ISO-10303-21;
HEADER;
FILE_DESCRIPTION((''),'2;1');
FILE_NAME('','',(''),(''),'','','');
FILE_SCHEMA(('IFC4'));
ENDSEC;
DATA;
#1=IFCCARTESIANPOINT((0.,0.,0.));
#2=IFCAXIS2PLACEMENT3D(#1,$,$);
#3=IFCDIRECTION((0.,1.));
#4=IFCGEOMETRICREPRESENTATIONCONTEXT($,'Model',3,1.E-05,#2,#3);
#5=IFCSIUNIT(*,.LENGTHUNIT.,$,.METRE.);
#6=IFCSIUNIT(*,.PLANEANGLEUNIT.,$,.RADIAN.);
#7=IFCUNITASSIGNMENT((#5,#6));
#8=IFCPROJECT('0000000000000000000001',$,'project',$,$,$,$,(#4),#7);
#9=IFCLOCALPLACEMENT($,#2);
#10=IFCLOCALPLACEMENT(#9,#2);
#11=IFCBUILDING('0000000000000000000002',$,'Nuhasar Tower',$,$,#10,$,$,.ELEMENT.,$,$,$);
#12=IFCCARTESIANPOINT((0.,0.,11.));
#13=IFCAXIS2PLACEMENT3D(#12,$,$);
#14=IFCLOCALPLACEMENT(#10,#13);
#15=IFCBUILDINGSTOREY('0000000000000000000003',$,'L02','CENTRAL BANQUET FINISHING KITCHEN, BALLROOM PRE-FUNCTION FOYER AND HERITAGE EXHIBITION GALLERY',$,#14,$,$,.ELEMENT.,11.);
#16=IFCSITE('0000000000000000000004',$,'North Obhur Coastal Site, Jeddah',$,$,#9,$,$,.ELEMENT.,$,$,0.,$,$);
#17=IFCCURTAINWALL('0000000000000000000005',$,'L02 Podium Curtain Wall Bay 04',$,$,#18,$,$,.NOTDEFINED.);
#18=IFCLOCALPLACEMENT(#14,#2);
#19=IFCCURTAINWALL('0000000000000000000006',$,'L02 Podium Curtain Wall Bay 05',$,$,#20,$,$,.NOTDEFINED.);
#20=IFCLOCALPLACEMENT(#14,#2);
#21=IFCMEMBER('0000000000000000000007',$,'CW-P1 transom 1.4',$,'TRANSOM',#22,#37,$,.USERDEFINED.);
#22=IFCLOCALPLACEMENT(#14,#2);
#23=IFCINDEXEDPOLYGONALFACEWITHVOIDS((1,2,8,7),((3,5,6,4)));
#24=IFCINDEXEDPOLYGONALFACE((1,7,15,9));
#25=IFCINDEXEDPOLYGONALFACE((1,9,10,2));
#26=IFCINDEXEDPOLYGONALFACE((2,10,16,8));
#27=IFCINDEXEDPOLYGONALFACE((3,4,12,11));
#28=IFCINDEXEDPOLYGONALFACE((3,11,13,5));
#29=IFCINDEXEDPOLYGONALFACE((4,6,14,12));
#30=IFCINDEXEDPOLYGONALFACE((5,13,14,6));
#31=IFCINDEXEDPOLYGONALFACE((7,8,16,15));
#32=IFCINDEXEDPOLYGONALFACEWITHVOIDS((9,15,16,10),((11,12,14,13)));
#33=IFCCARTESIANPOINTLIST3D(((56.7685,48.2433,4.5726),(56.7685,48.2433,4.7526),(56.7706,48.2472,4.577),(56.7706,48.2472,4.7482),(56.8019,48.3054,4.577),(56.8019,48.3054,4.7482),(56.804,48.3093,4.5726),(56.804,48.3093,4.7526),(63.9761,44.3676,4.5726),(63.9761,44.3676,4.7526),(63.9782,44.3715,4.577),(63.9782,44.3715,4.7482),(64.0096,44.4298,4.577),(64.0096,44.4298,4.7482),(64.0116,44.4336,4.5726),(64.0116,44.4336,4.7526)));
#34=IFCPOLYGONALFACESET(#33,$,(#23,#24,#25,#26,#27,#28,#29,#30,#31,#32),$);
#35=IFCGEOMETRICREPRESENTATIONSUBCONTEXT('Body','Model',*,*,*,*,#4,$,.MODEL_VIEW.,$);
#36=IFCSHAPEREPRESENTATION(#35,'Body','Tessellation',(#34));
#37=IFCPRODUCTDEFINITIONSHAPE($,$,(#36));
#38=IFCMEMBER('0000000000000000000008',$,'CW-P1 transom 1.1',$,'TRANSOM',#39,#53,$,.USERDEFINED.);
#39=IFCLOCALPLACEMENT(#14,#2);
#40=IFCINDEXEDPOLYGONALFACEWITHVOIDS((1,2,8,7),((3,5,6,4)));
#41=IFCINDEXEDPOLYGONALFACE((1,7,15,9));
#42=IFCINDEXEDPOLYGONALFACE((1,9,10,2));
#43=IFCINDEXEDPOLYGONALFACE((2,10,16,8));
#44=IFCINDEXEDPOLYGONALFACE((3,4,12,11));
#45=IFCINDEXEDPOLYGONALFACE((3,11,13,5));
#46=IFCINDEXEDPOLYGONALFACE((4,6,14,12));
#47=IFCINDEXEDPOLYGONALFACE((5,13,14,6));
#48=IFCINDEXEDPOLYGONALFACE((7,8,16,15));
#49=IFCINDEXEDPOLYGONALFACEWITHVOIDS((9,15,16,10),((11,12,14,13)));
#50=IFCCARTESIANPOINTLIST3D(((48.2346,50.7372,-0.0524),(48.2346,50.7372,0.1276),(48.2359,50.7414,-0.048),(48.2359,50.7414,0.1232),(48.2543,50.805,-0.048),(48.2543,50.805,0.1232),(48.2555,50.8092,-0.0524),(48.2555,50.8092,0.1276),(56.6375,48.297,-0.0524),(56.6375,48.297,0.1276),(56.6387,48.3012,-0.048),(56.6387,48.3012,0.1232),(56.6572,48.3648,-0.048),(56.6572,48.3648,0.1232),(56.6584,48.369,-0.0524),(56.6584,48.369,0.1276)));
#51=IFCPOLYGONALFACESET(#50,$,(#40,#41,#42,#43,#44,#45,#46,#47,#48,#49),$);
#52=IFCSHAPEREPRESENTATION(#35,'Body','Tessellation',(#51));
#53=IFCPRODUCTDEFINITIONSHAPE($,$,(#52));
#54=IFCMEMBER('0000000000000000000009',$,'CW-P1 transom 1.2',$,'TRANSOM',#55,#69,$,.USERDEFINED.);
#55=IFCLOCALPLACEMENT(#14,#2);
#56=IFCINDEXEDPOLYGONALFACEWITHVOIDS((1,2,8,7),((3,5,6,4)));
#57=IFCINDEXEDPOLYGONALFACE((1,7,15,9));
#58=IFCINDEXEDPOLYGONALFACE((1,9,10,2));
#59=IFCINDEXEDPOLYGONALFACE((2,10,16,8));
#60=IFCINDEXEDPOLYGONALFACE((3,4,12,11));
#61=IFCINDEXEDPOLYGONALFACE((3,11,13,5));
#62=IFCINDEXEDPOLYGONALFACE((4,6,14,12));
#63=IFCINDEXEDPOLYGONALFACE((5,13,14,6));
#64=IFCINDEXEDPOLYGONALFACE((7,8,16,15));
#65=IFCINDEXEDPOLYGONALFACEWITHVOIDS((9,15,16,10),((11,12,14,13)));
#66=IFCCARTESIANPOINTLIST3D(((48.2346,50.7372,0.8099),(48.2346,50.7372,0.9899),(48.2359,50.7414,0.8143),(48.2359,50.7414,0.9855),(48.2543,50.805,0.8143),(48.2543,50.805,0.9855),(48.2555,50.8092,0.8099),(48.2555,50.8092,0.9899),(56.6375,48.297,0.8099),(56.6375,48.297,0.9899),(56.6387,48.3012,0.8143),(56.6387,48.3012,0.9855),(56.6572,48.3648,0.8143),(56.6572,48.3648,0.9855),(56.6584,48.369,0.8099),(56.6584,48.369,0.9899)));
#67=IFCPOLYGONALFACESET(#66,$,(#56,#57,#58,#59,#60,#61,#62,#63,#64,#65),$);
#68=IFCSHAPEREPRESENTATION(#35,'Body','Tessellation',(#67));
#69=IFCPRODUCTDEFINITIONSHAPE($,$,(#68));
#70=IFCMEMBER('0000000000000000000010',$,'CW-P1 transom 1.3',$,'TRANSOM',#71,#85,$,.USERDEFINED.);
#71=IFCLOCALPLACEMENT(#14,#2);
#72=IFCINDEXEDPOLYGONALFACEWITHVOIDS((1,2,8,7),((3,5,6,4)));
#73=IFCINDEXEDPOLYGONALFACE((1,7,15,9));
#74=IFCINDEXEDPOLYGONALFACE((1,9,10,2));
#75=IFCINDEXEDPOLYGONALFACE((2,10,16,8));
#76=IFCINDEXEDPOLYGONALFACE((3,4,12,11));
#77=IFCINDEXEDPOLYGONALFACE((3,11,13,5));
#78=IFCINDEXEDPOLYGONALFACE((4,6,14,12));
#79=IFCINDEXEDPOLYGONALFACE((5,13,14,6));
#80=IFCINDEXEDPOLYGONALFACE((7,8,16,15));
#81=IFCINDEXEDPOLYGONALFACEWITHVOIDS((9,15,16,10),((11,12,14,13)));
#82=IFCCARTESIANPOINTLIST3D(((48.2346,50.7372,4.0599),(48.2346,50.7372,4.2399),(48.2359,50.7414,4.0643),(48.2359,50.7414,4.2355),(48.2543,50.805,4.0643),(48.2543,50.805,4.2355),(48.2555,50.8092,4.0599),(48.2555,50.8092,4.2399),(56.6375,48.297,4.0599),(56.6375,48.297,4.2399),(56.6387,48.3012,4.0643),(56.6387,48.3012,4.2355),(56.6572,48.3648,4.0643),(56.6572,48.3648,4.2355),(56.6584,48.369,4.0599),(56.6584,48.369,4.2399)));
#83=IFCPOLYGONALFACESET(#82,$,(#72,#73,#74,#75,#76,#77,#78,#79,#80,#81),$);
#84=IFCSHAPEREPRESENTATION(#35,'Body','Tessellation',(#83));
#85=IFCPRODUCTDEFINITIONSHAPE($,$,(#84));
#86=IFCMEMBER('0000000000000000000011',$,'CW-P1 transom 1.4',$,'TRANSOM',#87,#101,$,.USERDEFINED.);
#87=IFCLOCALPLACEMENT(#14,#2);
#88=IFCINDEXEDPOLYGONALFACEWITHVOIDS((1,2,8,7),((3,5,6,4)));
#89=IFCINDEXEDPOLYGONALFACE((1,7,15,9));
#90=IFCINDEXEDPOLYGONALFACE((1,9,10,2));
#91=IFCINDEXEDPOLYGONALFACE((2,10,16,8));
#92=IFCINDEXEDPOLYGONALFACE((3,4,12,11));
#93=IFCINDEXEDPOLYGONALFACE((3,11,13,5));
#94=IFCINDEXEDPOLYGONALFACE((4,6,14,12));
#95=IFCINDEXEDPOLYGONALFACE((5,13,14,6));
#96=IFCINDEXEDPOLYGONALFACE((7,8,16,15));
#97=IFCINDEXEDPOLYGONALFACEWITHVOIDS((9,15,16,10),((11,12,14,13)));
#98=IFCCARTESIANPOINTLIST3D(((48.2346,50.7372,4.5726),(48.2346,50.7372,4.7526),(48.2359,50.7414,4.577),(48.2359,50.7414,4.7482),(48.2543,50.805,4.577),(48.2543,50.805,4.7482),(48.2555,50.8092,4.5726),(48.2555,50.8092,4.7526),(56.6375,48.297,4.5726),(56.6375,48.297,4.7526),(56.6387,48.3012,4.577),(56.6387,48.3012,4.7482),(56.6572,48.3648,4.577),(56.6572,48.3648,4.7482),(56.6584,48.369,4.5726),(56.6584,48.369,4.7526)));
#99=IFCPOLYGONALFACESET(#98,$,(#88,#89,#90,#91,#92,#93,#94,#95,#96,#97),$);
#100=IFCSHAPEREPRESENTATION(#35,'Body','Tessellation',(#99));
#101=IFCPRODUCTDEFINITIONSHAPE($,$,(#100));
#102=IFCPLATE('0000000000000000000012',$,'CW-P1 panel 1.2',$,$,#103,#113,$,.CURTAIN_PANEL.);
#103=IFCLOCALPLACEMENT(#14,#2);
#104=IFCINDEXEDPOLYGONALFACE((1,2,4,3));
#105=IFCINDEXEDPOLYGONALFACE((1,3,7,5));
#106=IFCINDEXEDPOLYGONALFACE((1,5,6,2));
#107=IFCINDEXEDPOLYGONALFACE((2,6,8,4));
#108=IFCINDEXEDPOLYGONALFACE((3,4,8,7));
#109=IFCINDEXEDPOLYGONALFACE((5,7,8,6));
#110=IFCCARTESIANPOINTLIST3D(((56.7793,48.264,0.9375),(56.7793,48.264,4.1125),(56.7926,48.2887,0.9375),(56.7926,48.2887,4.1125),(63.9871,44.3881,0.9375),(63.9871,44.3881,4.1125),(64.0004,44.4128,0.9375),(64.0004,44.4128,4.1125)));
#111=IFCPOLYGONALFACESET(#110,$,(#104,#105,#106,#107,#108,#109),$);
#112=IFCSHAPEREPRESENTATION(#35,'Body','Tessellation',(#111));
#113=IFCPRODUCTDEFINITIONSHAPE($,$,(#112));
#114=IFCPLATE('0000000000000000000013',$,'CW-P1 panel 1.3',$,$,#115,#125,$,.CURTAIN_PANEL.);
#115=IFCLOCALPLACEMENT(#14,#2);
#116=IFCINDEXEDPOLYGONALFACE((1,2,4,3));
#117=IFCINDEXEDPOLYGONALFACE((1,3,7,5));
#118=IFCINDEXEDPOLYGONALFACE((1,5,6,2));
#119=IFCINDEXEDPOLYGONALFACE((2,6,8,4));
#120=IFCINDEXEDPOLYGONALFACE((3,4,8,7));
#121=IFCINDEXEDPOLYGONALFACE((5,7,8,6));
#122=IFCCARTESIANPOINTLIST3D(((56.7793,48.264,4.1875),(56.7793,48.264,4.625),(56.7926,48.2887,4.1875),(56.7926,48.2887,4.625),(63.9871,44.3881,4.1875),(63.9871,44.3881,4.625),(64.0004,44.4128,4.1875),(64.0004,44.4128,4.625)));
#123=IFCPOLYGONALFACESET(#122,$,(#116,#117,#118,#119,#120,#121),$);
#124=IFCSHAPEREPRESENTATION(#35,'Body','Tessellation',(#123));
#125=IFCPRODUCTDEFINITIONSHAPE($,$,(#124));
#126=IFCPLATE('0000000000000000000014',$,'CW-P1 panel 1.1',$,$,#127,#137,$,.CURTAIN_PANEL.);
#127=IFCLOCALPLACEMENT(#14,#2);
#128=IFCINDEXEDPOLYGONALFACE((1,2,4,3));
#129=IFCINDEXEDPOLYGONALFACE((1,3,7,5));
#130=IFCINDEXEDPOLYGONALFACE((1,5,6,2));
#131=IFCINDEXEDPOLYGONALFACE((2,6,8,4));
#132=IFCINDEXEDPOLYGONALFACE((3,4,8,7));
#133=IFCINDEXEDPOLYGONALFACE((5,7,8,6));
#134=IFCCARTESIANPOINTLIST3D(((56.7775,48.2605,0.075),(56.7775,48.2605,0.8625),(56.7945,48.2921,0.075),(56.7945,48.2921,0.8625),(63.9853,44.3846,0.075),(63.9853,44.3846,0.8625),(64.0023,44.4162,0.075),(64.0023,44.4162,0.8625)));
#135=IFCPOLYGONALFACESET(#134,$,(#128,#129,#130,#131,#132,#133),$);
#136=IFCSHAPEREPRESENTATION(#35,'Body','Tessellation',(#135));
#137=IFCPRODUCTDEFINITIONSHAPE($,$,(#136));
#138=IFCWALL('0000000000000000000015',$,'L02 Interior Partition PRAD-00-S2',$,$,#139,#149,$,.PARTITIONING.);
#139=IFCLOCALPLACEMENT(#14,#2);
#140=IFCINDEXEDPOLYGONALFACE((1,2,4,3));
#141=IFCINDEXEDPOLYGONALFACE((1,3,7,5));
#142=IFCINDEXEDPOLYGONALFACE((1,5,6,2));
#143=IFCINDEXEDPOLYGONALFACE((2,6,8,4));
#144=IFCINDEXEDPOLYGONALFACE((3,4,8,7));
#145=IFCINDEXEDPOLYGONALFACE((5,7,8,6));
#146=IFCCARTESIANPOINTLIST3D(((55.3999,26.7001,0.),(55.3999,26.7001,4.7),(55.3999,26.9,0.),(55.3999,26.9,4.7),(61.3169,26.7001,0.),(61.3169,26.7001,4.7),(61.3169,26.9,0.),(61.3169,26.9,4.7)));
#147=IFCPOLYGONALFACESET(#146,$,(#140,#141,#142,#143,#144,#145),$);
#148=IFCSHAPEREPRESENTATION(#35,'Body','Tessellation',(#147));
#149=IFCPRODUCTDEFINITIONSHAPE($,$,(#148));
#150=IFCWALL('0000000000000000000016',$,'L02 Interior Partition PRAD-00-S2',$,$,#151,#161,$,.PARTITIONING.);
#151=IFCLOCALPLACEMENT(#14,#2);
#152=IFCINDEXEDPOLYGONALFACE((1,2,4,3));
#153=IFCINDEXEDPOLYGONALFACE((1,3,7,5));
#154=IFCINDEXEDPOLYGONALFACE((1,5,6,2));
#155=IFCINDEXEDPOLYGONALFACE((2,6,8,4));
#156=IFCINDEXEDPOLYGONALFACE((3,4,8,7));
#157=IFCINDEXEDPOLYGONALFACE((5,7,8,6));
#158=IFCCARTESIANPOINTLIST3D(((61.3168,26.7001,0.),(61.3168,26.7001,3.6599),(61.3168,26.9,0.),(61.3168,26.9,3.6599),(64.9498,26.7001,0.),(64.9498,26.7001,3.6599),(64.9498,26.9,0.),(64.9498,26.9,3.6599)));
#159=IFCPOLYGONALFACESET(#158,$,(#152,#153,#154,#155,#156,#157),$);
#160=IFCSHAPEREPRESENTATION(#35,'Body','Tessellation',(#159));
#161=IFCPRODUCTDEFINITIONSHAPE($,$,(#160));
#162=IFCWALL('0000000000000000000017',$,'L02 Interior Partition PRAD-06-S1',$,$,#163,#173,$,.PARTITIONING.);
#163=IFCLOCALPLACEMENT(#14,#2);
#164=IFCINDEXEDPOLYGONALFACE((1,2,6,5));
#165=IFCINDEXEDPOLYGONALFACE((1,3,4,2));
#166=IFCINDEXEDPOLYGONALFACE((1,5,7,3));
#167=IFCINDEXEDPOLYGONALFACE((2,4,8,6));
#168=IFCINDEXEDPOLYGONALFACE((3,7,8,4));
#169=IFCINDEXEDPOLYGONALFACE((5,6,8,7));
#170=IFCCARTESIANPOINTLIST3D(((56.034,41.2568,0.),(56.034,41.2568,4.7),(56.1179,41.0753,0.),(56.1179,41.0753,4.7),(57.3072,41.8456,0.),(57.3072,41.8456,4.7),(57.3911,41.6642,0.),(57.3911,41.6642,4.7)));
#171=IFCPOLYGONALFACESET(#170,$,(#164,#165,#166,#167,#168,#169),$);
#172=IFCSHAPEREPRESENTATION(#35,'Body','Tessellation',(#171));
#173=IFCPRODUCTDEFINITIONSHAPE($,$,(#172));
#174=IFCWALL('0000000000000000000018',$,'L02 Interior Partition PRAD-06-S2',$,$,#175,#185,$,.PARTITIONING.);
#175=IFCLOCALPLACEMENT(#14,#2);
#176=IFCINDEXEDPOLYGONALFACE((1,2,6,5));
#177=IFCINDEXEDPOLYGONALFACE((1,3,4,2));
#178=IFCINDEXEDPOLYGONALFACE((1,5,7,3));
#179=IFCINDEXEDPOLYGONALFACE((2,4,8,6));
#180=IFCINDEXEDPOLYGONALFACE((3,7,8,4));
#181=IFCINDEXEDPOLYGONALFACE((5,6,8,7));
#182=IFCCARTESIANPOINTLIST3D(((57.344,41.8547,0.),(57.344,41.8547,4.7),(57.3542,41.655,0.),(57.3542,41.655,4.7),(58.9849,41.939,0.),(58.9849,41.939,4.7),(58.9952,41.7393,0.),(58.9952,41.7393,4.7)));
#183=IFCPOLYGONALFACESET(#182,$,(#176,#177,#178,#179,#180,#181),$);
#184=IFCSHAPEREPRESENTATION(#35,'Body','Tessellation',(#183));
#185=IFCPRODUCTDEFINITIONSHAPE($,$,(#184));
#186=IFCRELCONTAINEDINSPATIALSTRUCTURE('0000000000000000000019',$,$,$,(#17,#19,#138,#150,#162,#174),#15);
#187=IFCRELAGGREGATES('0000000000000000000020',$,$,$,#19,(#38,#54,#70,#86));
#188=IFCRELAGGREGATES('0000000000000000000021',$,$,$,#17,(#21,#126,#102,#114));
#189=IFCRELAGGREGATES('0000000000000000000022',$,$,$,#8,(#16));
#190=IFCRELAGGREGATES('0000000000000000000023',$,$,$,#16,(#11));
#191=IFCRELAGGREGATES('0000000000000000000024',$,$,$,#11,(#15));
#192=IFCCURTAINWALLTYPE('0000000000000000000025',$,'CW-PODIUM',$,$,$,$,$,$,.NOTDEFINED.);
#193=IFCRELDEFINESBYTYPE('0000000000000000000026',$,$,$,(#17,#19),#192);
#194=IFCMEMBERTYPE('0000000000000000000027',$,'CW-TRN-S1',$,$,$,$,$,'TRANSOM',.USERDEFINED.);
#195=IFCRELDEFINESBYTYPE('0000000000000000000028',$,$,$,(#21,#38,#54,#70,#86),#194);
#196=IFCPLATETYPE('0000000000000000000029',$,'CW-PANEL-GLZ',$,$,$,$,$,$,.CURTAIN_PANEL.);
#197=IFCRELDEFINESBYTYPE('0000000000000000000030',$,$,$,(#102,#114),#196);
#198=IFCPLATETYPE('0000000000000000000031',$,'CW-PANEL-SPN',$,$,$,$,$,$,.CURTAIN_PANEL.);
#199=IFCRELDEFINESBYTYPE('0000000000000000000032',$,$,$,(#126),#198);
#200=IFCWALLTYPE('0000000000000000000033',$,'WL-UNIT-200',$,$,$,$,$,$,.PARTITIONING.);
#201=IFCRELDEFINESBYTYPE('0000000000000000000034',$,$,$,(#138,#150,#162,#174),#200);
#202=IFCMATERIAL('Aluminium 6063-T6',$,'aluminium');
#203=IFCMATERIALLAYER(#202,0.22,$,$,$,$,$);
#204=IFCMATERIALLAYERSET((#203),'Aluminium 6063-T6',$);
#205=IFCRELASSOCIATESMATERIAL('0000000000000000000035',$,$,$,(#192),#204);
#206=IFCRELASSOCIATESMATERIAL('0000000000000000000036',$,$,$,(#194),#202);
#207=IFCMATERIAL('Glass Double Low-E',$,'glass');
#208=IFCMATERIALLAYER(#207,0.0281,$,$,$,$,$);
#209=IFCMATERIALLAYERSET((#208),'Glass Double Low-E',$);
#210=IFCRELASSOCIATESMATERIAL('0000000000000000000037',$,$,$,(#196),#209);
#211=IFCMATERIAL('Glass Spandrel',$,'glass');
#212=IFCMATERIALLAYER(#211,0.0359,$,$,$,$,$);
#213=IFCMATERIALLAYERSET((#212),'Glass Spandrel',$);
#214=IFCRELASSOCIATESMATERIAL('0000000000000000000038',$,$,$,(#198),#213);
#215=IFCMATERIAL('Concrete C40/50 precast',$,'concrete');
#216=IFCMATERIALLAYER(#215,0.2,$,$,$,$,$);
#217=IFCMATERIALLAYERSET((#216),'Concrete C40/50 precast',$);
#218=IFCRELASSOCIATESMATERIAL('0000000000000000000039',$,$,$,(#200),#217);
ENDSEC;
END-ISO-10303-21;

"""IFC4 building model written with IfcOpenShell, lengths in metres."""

from ifc_helpers import new_model, si_unit, direction, frame, frame_2d, origin, origin_2d, place, context, subcontext, project, spatial, rectangle, hollow_rectangle, extrude, material, layer, layer_set, material_profile, profile_set, type_object, element, aggregate, save


model = new_model("IFC4")

# Units and contexts
model_context = context("Model", 3, precision=1e-05, world=origin(), true_north=direction((0.0, 1.0)))
body_context = subcontext(model_context, "Body", "Model", "MODEL_VIEW")
ifc_project = project(units=[si_unit("LENGTHUNIT", "METRE"), si_unit("PLANEANGLEUNIT", "RADIAN")], contexts=[model_context])

# Site, building, storey
site_placement = place(None, origin())
site = spatial("IfcSite", under=ifc_project, at=site_placement, Name="North Obhur Coastal Site, Jeddah", CompositionType="ELEMENT", RefElevation=0.0)
building_placement = place(site_placement, origin())
building = spatial("IfcBuilding", under=site, at=building_placement, Name="Nuhasar Tower", CompositionType="ELEMENT")
storey_placement = place(building_placement, frame((0.0, 0.0, 11.0)))
storey = spatial("IfcBuildingStorey", under=building, at=storey_placement, Name="L02", Description="CENTRAL BANQUET FINISHING KITCHEN, BALLROOM PRE-FUNCTION FOYER AND HERITAGE EXHIBITION GALLERY", CompositionType="ELEMENT", Elevation=11.0)

# Curtain wall
ifc_material_1 = material(Name="Aluminium 6063-T6", Category="aluminium")
ifc_layer_1 = layer(ifc_material_1, 0.22)
ifc_layer_set_1 = layer_set([ifc_layer_1], Name="Aluminium 6063-T6")
curtain_wall_type = type_object("IfcCurtainWallType", Name="CW-PODIUM", PredefinedType="NOTDEFINED", material=ifc_layer_set_1)
curtain_wall_1_placement = place(storey_placement, origin())
curtain_wall_1 = element("IfcCurtainWall", 1, at=curtain_wall_1_placement, inside=storey, type_object=curtain_wall_type, Name="L02 Podium Curtain Wall Bay 04", PredefinedType="NOTDEFINED")

# Curtain wall
curtain_wall_2_placement = place(storey_placement, origin())
curtain_wall_2 = element("IfcCurtainWall", 2, at=curtain_wall_2_placement, inside=storey, type_object=curtain_wall_type, Name="L02 Podium Curtain Wall Bay 05", PredefinedType="NOTDEFINED")

# Members
ifc_material_profile_1 = material_profile(ifc_material_1, hollow_rectangle(XDim=0.075, YDim=0.1799, WallThickness=0.0044, at=origin_2d()), Name="CWT-1")
ifc_profile_set_1 = profile_set([ifc_material_profile_1], Name="Aluminium 6063-T6")
member_type_1 = type_object("IfcMemberType", Name="CW-TRN-S1", ElementType="TRANSOM", PredefinedType="USERDEFINED", material=ifc_profile_set_1)
member_1_placement = place(storey_placement, frame((63.9939, 44.4006, 4.6626), z_axis=(-0.880745, 0.473591, 0.0), x_axis=(-0.473591, -0.880745, 0.0)))
member_1 = element("IfcMember", 3, at=member_1_placement, type_object=member_type_1, Name="CW-P1 transom 1.4", ObjectType="TRANSOM", PredefinedType="USERDEFINED", context=body_context, shape_type="SweptSolid", body=[
    extrude(hollow_rectangle(XDim=0.075, YDim=0.1799, WallThickness=0.0044, at=origin_2d()), origin(), (0.0, 0.0, 1.0), 8.1836),
])
member_2_placement = place(storey_placement, frame((56.6479, 48.333, 0.0376), z_axis=(-0.960326, 0.278879, 0.0), x_axis=(-0.278879, -0.960326, 0.0)))
member_2 = element("IfcMember", 4, at=member_2_placement, type_object=member_type_1, Name="CW-P1 transom 1.1", ObjectType="TRANSOM", PredefinedType="USERDEFINED", context=body_context, shape_type="SweptSolid", body=[
    extrude(hollow_rectangle(XDim=0.075, YDim=0.1799, WallThickness=0.0044, at=origin_2d()), origin(), (0.0, 0.0, 1.0), 8.75),
])
member_3_placement = place(storey_placement, frame((56.6479, 48.333, 0.8999), z_axis=(-0.960326, 0.278879, 0.0), x_axis=(-0.278879, -0.960326, 0.0)))
member_3 = element("IfcMember", 5, at=member_3_placement, type_object=member_type_1, Name="CW-P1 transom 1.2", ObjectType="TRANSOM", PredefinedType="USERDEFINED", context=body_context, shape_type="SweptSolid", body=[
    extrude(hollow_rectangle(XDim=0.075, YDim=0.1799, WallThickness=0.0044, at=origin_2d()), origin(), (0.0, 0.0, 1.0), 8.75),
])
member_4_placement = place(storey_placement, frame((56.6479, 48.333, 4.1499), z_axis=(-0.960326, 0.278879, 0.0), x_axis=(-0.278879, -0.960326, 0.0)))
member_4 = element("IfcMember", 6, at=member_4_placement, type_object=member_type_1, Name="CW-P1 transom 1.3", ObjectType="TRANSOM", PredefinedType="USERDEFINED", context=body_context, shape_type="SweptSolid", body=[
    extrude(hollow_rectangle(XDim=0.075, YDim=0.1799, WallThickness=0.0044, at=origin_2d()), origin(), (0.0, 0.0, 1.0), 8.75),
])
member_5_placement = place(storey_placement, frame((56.6479, 48.333, 4.6626), z_axis=(-0.960326, 0.278879, 0.0), x_axis=(-0.278879, -0.960326, 0.0)))
member_5 = element("IfcMember", 7, at=member_5_placement, type_object=member_type_1, Name="CW-P1 transom 1.4", ObjectType="TRANSOM", PredefinedType="USERDEFINED", context=body_context, shape_type="SweptSolid", body=[
    extrude(hollow_rectangle(XDim=0.075, YDim=0.1799, WallThickness=0.0044, at=origin_2d()), origin(), (0.0, 0.0, 1.0), 8.75),
])
aggregate(curtain_wall_2, [member_2, member_3, member_4, member_5])

# Plates
ifc_material_2 = material(Name="Glass Double Low-E", Category="glass")
ifc_layer_2 = layer(ifc_material_2, 0.0281)
ifc_layer_set_2 = layer_set([ifc_layer_2], Name="Glass Double Low-E")
plate_type_1 = type_object("IfcPlateType", Name="CW-PANEL-GLZ", PredefinedType="CURTAIN_PANEL", material=ifc_layer_set_2)
plate_1_placement = place(storey_placement, frame((60.3899, 46.3384, 0.9375), z_axis=(0.0, 0.0, 1.0), x_axis=(-0.880737, 0.473606, 0.0)))
plate_1 = element("IfcPlate", 8, at=plate_1_placement, type_object=plate_type_1, Name="CW-P1 panel 1.2", PredefinedType="CURTAIN_PANEL", context=body_context, shape_type="SweptSolid", body=[
    extrude(rectangle(XDim=8.1838, YDim=0.0281, at=origin_2d()), origin(), (0.0, 0.0, 1.0), 3.175),
])
plate_2_placement = place(storey_placement, frame((60.3899, 46.3384, 4.1875), z_axis=(0.0, 0.0, 1.0), x_axis=(-0.880737, 0.473606, 0.0)))
plate_2 = element("IfcPlate", 9, at=plate_2_placement, type_object=plate_type_1, Name="CW-P1 panel 1.3", PredefinedType="CURTAIN_PANEL", context=body_context, shape_type="SweptSolid", body=[
    extrude(rectangle(XDim=8.1838, YDim=0.0281, at=origin_2d()), origin(), (0.0, 0.0, 1.0), 0.4375),
])
ifc_material_3 = material(Name="Glass Spandrel", Category="glass")
ifc_layer_3 = layer(ifc_material_3, 0.0359)
ifc_layer_set_3 = layer_set([ifc_layer_3], Name="Glass Spandrel")
plate_type_2 = type_object("IfcPlateType", Name="CW-PANEL-SPN", PredefinedType="CURTAIN_PANEL", material=ifc_layer_set_3)
plate_3_placement = place(storey_placement, frame((60.3899, 46.3384, 0.075), z_axis=(0.0, 0.0, 1.0), x_axis=(-0.880737, 0.473606, 0.0)))
plate_3 = element("IfcPlate", 10, at=plate_3_placement, type_object=plate_type_2, Name="CW-P1 panel 1.1", PredefinedType="CURTAIN_PANEL", context=body_context, shape_type="SweptSolid", body=[
    extrude(rectangle(XDim=8.1838, YDim=0.0359, at=origin_2d()), origin(), (0.0, 0.0, 1.0), 0.7876),
])
aggregate(curtain_wall_1, [member_1, plate_3, plate_1, plate_2])

# Walls
ifc_material_4 = material(Name="Concrete C40/50 precast", Category="concrete")
ifc_layer_4 = layer(ifc_material_4, 0.2)
ifc_layer_set_4 = layer_set([ifc_layer_4], Name="Concrete C40/50 precast")
wall_type = type_object("IfcWallType", Name="WL-UNIT-200", PredefinedType="PARTITIONING", material=ifc_layer_set_4)
wall_1_placement = place(storey_placement, frame((55.3999, 26.8, 0.0), z_axis=(0.0, 0.0, 1.0), x_axis=(1.0, 0.0, 0.0)))
element("IfcWall", 11, at=wall_1_placement, inside=storey, type_object=wall_type, Name="L02 Interior Partition PRAD-00-S2", PredefinedType="PARTITIONING", context=body_context, shape_type="SweptSolid", body=[
    extrude(rectangle(XDim=5.917, YDim=0.2, at=frame_2d((2.9585, 0.0))), origin(), (0.0, 0.0, 1.0), 4.7),
])
wall_2_placement = place(storey_placement, frame((61.3169, 26.8, 0.0), z_axis=(0.0, 0.0, 1.0), x_axis=(1.0, 0.0, 0.0)))
element("IfcWall", 12, at=wall_2_placement, inside=storey, type_object=wall_type, Name="L02 Interior Partition PRAD-00-S2", PredefinedType="PARTITIONING", context=body_context, shape_type="SweptSolid", body=[
    extrude(rectangle(XDim=3.6331, YDim=0.2, at=frame_2d((1.8164, 0.0))), origin(), (0.0, 0.0, 1.0), 3.6599),
])
wall_3_placement = place(storey_placement, frame((56.0759, 41.166, 0.0), z_axis=(0.0, 0.0, 1.0), x_axis=(0.907623, 0.419786, 0.0)))
element("IfcWall", 13, at=wall_3_placement, inside=storey, type_object=wall_type, Name="L02 Interior Partition PRAD-06-S1", PredefinedType="PARTITIONING", context=body_context, shape_type="SweptSolid", body=[
    extrude(rectangle(XDim=1.4028, YDim=0.2, at=frame_2d((0.7014, 0.0))), origin(), (0.0, 0.0, 1.0), 4.7),
])
wall_4_placement = place(storey_placement, frame((57.3491, 41.7549, 0.0), z_axis=(0.0, 0.0, 1.0), x_axis=(0.998685, 0.051264, 0.0)))
element("IfcWall", 14, at=wall_4_placement, inside=storey, type_object=wall_type, Name="L02 Interior Partition PRAD-06-S2", PredefinedType="PARTITIONING", context=body_context, shape_type="SweptSolid", body=[
    extrude(rectangle(XDim=1.6431, YDim=0.2, at=frame_2d((0.8215, 0.0))), origin(), (0.0, 0.0, 1.0), 4.7),
])

save(model, "model.ifc")
